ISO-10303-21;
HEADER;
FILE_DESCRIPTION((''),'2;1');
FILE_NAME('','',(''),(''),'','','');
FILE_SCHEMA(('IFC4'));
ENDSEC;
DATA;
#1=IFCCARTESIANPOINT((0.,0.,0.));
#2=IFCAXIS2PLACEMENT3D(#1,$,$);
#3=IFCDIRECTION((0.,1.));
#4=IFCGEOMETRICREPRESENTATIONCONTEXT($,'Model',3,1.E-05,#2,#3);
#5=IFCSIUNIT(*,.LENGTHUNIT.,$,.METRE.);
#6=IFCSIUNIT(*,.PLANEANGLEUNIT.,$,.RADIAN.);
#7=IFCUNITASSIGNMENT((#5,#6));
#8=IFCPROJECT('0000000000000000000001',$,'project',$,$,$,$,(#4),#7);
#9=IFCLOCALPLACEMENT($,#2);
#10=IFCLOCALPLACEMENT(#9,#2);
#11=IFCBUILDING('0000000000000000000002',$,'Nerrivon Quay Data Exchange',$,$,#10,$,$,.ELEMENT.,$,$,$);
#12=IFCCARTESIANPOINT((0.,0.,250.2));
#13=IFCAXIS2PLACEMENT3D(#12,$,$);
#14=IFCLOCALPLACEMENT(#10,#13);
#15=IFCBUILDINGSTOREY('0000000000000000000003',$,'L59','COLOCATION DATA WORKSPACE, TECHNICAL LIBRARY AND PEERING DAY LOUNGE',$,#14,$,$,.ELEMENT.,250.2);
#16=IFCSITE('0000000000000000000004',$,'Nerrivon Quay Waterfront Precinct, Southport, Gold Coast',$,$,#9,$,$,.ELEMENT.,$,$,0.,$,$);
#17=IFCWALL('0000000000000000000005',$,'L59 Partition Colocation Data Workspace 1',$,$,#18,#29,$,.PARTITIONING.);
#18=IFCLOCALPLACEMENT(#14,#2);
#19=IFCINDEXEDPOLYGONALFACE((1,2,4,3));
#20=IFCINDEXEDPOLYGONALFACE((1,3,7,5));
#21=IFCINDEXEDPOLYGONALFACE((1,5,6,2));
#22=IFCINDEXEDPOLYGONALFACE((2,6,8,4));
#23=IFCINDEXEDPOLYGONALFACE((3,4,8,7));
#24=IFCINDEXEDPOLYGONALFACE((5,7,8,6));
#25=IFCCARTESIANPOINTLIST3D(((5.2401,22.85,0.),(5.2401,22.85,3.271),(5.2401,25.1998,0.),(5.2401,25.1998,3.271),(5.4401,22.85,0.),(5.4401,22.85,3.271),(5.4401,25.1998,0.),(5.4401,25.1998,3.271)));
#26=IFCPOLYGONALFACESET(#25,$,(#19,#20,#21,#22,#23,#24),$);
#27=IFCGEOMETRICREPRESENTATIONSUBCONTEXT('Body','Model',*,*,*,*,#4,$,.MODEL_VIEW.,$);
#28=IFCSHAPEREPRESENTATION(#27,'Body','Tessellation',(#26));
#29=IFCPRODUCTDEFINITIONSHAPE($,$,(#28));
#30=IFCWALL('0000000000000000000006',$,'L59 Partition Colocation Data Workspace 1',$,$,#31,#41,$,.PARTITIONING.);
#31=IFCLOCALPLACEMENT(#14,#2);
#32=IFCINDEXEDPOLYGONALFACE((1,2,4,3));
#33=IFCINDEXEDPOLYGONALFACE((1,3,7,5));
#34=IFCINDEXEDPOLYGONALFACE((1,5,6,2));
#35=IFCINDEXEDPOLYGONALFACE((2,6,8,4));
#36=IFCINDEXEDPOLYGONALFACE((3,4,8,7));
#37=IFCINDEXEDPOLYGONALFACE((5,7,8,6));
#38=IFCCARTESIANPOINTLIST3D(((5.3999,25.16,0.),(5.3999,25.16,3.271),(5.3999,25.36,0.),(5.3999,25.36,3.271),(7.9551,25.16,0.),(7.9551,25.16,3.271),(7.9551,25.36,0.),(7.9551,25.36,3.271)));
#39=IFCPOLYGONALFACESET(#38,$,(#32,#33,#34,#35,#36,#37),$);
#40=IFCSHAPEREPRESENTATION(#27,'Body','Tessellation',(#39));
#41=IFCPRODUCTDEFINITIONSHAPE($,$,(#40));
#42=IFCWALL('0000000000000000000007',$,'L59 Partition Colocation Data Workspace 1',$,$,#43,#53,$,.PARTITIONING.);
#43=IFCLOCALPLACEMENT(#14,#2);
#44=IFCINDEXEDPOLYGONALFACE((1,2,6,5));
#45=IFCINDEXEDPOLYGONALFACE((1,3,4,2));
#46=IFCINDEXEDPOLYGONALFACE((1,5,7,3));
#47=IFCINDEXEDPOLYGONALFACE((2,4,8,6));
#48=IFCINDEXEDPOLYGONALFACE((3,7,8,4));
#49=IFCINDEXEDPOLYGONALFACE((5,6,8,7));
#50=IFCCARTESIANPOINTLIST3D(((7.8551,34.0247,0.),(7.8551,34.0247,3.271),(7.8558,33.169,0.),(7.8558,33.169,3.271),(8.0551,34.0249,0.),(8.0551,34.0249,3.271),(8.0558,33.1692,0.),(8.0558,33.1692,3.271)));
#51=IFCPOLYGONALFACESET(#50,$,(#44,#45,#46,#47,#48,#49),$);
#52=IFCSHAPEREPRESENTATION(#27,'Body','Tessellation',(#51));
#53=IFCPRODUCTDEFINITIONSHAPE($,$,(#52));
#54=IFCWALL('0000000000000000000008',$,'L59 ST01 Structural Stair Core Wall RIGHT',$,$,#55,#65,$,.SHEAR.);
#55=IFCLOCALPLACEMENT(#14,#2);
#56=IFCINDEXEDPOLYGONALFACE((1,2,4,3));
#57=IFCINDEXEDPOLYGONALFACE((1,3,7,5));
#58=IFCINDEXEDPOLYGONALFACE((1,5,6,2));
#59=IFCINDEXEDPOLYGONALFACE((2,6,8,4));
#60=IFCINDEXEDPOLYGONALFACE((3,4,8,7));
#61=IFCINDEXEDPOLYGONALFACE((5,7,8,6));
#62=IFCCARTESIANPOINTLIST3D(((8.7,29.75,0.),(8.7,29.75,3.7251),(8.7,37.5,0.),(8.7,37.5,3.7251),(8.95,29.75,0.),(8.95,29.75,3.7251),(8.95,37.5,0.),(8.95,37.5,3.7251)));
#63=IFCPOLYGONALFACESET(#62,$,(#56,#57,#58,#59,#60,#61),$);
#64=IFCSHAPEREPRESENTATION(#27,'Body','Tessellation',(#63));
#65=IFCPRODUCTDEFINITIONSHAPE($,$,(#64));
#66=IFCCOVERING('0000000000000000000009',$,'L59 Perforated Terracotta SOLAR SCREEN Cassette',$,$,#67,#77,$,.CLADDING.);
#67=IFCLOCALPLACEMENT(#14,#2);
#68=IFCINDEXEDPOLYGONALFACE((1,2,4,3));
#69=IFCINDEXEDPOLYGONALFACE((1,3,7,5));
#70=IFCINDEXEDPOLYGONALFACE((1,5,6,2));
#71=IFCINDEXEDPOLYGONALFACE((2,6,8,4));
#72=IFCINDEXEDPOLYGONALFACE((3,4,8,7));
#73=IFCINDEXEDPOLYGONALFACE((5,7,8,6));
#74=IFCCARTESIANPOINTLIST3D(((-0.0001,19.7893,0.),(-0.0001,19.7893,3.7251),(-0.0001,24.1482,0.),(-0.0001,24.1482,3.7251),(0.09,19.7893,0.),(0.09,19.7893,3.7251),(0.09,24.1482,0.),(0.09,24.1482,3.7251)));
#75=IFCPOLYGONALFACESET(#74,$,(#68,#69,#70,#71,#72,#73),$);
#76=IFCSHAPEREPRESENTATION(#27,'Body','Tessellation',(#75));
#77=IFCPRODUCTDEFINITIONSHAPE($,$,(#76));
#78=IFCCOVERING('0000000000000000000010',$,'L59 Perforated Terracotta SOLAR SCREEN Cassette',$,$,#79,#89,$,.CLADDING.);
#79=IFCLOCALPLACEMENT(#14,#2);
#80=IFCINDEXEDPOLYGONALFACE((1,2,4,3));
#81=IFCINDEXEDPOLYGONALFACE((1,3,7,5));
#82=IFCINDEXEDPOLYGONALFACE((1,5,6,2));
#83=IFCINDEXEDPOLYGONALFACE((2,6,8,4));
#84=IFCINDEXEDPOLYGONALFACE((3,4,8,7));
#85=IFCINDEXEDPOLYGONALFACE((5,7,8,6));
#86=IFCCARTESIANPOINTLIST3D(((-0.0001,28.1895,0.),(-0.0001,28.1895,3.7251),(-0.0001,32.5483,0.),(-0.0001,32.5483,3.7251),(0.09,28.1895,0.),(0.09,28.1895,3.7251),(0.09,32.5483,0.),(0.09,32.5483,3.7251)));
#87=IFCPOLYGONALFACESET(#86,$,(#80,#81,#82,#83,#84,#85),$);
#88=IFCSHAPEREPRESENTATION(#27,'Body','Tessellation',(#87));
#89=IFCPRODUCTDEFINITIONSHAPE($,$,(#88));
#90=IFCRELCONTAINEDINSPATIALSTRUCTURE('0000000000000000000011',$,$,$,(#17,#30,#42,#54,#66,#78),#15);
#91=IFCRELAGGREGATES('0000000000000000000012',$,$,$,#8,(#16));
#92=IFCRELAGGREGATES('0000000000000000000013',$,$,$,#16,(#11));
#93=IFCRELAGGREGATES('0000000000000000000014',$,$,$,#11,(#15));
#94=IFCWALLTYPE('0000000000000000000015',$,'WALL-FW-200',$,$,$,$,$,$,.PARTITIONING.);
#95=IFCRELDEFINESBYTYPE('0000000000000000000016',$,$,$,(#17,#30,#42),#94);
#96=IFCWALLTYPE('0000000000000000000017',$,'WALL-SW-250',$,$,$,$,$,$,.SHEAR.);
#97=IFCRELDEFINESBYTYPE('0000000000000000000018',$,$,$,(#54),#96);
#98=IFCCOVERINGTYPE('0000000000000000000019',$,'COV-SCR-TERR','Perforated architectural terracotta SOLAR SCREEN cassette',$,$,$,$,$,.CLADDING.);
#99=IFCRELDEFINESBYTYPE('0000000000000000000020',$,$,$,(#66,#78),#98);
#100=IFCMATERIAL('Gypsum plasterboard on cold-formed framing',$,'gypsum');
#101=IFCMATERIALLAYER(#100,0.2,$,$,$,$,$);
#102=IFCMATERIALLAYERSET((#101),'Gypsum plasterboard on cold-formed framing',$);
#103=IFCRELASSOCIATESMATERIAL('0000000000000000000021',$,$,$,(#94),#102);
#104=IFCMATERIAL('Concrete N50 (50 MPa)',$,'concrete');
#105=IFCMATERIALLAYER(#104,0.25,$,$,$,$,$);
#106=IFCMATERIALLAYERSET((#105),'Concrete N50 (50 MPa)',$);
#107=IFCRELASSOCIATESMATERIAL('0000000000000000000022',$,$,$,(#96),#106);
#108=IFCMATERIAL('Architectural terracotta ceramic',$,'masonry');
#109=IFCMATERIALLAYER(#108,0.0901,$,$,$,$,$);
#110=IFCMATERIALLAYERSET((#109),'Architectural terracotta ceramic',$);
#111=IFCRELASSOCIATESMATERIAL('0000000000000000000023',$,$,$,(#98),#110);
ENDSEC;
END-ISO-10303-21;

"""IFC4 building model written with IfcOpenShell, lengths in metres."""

from ifc_helpers import new_model, si_unit, direction, frame, frame_2d, origin, origin_2d, place, context, subcontext, project, spatial, rectangle, extrude, material, layer, layer_set, type_object, element, save


model = new_model("IFC4")

# Units and contexts
model_context = context("Model", 3, precision=1e-05, world=origin(), true_north=direction((0.0, 1.0)))
body_context = subcontext(model_context, "Body", "Model", "MODEL_VIEW")
ifc_project = project(units=[si_unit("LENGTHUNIT", "METRE"), si_unit("PLANEANGLEUNIT", "RADIAN")], contexts=[model_context])

# Site, building, storey
site_placement = place(None, origin())
site = spatial("IfcSite", under=ifc_project, at=site_placement, Name="Nerrivon Quay Waterfront Precinct, Southport, Gold Coast", CompositionType="ELEMENT", RefElevation=0.0)
building_placement = place(site_placement, origin())
building = spatial("IfcBuilding", under=site, at=building_placement, Name="Nerrivon Quay Data Exchange", CompositionType="ELEMENT")
storey_placement = place(building_placement, frame((0.0, 0.0, 250.2)))
storey = spatial("IfcBuildingStorey", under=building, at=storey_placement, Name="L59", Description="COLOCATION DATA WORKSPACE, TECHNICAL LIBRARY AND PEERING DAY LOUNGE", CompositionType="ELEMENT", Elevation=250.2)

# Shared definitions
ifc_material_1 = material(Name="Concrete N50 (50 MPa)", Category="concrete")

# Walls
ifc_material_2 = material(Name="Gypsum plasterboard on cold-formed framing", Category="gypsum")
ifc_layer_1 = layer(ifc_material_2, 0.2)
ifc_layer_set_1 = layer_set([ifc_layer_1], Name="Gypsum plasterboard on cold-formed framing")
wall_type_1 = type_object("IfcWallType", Name="WALL-FW-200", PredefinedType="PARTITIONING", material=ifc_layer_set_1)
wall_1_placement = place(storey_placement, frame((5.3401, 22.8501, 0.0), z_axis=(0.0, 0.0, 1.0), x_axis=(0.0, 1.0, 0.0)))
element("IfcWall", 1, at=wall_1_placement, inside=storey, type_object=wall_type_1, Name="L59 Partition Colocation Data Workspace 1", PredefinedType="PARTITIONING", context=body_context, shape_type="SweptSolid", body=[
    extrude(rectangle(XDim=2.3499, YDim=0.2, at=frame_2d((1.1748, 0.0))), origin(), (0.0, 0.0, 1.0), 3.271),
])
wall_2_placement = place(storey_placement, frame((5.3999, 25.26, 0.0), z_axis=(0.0, 0.0, 1.0), x_axis=(1.0, 0.0, 0.0)))
element("IfcWall", 2, at=wall_2_placement, inside=storey, type_object=wall_type_1, Name="L59 Partition Colocation Data Workspace 1", PredefinedType="PARTITIONING", context=body_context, shape_type="SweptSolid", body=[
    extrude(rectangle(XDim=2.5552, YDim=0.2, at=frame_2d((1.2776, 0.0))), origin(), (0.0, 0.0, 1.0), 3.271),
])
wall_3_placement = place(storey_placement, frame((7.9558, 33.1692, 0.0), z_axis=(0.0, 0.0, 1.0), x_axis=(-0.000856, 1.0, 0.0)))
element("IfcWall", 3, at=wall_3_placement, inside=storey, type_object=wall_type_1, Name="L59 Partition Colocation Data Workspace 1", PredefinedType="PARTITIONING", context=body_context, shape_type="SweptSolid", body=[
    extrude(rectangle(XDim=0.8557, YDim=0.2, at=frame_2d((0.4277, 0.0))), origin(), (0.0, 0.0, 1.0), 3.271),
])
ifc_layer_2 = layer(ifc_material_1, 0.25)
ifc_layer_set_2 = layer_set([ifc_layer_2], Name="Concrete N50 (50 MPa)")
wall_type_2 = type_object("IfcWallType", Name="WALL-SW-250", PredefinedType="SHEAR", material=ifc_layer_set_2)
wall_4_placement = place(storey_placement, frame((8.825, 29.75, 0.0), z_axis=(0.0, 0.0, 1.0), x_axis=(0.0, 1.0, 0.0)))
element("IfcWall", 4, at=wall_4_placement, inside=storey, type_object=wall_type_2, Name="L59 ST01 Structural Stair Core Wall RIGHT", PredefinedType="SHEAR", context=body_context, shape_type="SweptSolid", body=[
    extrude(rectangle(XDim=7.75, YDim=0.25, at=frame_2d((3.875, 0.0))), origin(), (0.0, 0.0, 1.0), 3.7251),
])

# Coverings
ifc_material_3 = material(Name="Architectural terracotta ceramic", Category="masonry")
ifc_layer_3 = layer(ifc_material_3, 0.0901)
ifc_layer_set_3 = layer_set([ifc_layer_3], Name="Architectural terracotta ceramic")
covering_type = type_object("IfcCoveringType", Name="COV-SCR-TERR", Description="Perforated architectural terracotta SOLAR SCREEN cassette", PredefinedType="CLADDING", material=ifc_layer_set_3)
for number, where, z_axis, x_axis, name in (
    (5, (0.0449, 21.9688, 0.0), (0.0, 0.0, 1.0), (0.0, 1.0, 0.0), "L59 Perforated Terracotta SOLAR SCREEN Cassette"),
    (6, (0.0449, 30.3689, 0.0), (0.0, 0.0, 1.0), (0.0, 1.0, 0.0), "L59 Perforated Terracotta SOLAR SCREEN Cassette"),
):
    element("IfcCovering", number, at=place(storey_placement, frame(where, z_axis=z_axis, x_axis=x_axis)), inside=storey, type_object=covering_type, Name=name, PredefinedType="CLADDING", context=body_context, shape_type="SweptSolid", body=[
        extrude(rectangle(XDim=4.3589, YDim=0.0901, at=origin_2d()), origin(), (0.0, 0.0, 1.0), 3.7251),
    ])

save(model, "model.ifc")
